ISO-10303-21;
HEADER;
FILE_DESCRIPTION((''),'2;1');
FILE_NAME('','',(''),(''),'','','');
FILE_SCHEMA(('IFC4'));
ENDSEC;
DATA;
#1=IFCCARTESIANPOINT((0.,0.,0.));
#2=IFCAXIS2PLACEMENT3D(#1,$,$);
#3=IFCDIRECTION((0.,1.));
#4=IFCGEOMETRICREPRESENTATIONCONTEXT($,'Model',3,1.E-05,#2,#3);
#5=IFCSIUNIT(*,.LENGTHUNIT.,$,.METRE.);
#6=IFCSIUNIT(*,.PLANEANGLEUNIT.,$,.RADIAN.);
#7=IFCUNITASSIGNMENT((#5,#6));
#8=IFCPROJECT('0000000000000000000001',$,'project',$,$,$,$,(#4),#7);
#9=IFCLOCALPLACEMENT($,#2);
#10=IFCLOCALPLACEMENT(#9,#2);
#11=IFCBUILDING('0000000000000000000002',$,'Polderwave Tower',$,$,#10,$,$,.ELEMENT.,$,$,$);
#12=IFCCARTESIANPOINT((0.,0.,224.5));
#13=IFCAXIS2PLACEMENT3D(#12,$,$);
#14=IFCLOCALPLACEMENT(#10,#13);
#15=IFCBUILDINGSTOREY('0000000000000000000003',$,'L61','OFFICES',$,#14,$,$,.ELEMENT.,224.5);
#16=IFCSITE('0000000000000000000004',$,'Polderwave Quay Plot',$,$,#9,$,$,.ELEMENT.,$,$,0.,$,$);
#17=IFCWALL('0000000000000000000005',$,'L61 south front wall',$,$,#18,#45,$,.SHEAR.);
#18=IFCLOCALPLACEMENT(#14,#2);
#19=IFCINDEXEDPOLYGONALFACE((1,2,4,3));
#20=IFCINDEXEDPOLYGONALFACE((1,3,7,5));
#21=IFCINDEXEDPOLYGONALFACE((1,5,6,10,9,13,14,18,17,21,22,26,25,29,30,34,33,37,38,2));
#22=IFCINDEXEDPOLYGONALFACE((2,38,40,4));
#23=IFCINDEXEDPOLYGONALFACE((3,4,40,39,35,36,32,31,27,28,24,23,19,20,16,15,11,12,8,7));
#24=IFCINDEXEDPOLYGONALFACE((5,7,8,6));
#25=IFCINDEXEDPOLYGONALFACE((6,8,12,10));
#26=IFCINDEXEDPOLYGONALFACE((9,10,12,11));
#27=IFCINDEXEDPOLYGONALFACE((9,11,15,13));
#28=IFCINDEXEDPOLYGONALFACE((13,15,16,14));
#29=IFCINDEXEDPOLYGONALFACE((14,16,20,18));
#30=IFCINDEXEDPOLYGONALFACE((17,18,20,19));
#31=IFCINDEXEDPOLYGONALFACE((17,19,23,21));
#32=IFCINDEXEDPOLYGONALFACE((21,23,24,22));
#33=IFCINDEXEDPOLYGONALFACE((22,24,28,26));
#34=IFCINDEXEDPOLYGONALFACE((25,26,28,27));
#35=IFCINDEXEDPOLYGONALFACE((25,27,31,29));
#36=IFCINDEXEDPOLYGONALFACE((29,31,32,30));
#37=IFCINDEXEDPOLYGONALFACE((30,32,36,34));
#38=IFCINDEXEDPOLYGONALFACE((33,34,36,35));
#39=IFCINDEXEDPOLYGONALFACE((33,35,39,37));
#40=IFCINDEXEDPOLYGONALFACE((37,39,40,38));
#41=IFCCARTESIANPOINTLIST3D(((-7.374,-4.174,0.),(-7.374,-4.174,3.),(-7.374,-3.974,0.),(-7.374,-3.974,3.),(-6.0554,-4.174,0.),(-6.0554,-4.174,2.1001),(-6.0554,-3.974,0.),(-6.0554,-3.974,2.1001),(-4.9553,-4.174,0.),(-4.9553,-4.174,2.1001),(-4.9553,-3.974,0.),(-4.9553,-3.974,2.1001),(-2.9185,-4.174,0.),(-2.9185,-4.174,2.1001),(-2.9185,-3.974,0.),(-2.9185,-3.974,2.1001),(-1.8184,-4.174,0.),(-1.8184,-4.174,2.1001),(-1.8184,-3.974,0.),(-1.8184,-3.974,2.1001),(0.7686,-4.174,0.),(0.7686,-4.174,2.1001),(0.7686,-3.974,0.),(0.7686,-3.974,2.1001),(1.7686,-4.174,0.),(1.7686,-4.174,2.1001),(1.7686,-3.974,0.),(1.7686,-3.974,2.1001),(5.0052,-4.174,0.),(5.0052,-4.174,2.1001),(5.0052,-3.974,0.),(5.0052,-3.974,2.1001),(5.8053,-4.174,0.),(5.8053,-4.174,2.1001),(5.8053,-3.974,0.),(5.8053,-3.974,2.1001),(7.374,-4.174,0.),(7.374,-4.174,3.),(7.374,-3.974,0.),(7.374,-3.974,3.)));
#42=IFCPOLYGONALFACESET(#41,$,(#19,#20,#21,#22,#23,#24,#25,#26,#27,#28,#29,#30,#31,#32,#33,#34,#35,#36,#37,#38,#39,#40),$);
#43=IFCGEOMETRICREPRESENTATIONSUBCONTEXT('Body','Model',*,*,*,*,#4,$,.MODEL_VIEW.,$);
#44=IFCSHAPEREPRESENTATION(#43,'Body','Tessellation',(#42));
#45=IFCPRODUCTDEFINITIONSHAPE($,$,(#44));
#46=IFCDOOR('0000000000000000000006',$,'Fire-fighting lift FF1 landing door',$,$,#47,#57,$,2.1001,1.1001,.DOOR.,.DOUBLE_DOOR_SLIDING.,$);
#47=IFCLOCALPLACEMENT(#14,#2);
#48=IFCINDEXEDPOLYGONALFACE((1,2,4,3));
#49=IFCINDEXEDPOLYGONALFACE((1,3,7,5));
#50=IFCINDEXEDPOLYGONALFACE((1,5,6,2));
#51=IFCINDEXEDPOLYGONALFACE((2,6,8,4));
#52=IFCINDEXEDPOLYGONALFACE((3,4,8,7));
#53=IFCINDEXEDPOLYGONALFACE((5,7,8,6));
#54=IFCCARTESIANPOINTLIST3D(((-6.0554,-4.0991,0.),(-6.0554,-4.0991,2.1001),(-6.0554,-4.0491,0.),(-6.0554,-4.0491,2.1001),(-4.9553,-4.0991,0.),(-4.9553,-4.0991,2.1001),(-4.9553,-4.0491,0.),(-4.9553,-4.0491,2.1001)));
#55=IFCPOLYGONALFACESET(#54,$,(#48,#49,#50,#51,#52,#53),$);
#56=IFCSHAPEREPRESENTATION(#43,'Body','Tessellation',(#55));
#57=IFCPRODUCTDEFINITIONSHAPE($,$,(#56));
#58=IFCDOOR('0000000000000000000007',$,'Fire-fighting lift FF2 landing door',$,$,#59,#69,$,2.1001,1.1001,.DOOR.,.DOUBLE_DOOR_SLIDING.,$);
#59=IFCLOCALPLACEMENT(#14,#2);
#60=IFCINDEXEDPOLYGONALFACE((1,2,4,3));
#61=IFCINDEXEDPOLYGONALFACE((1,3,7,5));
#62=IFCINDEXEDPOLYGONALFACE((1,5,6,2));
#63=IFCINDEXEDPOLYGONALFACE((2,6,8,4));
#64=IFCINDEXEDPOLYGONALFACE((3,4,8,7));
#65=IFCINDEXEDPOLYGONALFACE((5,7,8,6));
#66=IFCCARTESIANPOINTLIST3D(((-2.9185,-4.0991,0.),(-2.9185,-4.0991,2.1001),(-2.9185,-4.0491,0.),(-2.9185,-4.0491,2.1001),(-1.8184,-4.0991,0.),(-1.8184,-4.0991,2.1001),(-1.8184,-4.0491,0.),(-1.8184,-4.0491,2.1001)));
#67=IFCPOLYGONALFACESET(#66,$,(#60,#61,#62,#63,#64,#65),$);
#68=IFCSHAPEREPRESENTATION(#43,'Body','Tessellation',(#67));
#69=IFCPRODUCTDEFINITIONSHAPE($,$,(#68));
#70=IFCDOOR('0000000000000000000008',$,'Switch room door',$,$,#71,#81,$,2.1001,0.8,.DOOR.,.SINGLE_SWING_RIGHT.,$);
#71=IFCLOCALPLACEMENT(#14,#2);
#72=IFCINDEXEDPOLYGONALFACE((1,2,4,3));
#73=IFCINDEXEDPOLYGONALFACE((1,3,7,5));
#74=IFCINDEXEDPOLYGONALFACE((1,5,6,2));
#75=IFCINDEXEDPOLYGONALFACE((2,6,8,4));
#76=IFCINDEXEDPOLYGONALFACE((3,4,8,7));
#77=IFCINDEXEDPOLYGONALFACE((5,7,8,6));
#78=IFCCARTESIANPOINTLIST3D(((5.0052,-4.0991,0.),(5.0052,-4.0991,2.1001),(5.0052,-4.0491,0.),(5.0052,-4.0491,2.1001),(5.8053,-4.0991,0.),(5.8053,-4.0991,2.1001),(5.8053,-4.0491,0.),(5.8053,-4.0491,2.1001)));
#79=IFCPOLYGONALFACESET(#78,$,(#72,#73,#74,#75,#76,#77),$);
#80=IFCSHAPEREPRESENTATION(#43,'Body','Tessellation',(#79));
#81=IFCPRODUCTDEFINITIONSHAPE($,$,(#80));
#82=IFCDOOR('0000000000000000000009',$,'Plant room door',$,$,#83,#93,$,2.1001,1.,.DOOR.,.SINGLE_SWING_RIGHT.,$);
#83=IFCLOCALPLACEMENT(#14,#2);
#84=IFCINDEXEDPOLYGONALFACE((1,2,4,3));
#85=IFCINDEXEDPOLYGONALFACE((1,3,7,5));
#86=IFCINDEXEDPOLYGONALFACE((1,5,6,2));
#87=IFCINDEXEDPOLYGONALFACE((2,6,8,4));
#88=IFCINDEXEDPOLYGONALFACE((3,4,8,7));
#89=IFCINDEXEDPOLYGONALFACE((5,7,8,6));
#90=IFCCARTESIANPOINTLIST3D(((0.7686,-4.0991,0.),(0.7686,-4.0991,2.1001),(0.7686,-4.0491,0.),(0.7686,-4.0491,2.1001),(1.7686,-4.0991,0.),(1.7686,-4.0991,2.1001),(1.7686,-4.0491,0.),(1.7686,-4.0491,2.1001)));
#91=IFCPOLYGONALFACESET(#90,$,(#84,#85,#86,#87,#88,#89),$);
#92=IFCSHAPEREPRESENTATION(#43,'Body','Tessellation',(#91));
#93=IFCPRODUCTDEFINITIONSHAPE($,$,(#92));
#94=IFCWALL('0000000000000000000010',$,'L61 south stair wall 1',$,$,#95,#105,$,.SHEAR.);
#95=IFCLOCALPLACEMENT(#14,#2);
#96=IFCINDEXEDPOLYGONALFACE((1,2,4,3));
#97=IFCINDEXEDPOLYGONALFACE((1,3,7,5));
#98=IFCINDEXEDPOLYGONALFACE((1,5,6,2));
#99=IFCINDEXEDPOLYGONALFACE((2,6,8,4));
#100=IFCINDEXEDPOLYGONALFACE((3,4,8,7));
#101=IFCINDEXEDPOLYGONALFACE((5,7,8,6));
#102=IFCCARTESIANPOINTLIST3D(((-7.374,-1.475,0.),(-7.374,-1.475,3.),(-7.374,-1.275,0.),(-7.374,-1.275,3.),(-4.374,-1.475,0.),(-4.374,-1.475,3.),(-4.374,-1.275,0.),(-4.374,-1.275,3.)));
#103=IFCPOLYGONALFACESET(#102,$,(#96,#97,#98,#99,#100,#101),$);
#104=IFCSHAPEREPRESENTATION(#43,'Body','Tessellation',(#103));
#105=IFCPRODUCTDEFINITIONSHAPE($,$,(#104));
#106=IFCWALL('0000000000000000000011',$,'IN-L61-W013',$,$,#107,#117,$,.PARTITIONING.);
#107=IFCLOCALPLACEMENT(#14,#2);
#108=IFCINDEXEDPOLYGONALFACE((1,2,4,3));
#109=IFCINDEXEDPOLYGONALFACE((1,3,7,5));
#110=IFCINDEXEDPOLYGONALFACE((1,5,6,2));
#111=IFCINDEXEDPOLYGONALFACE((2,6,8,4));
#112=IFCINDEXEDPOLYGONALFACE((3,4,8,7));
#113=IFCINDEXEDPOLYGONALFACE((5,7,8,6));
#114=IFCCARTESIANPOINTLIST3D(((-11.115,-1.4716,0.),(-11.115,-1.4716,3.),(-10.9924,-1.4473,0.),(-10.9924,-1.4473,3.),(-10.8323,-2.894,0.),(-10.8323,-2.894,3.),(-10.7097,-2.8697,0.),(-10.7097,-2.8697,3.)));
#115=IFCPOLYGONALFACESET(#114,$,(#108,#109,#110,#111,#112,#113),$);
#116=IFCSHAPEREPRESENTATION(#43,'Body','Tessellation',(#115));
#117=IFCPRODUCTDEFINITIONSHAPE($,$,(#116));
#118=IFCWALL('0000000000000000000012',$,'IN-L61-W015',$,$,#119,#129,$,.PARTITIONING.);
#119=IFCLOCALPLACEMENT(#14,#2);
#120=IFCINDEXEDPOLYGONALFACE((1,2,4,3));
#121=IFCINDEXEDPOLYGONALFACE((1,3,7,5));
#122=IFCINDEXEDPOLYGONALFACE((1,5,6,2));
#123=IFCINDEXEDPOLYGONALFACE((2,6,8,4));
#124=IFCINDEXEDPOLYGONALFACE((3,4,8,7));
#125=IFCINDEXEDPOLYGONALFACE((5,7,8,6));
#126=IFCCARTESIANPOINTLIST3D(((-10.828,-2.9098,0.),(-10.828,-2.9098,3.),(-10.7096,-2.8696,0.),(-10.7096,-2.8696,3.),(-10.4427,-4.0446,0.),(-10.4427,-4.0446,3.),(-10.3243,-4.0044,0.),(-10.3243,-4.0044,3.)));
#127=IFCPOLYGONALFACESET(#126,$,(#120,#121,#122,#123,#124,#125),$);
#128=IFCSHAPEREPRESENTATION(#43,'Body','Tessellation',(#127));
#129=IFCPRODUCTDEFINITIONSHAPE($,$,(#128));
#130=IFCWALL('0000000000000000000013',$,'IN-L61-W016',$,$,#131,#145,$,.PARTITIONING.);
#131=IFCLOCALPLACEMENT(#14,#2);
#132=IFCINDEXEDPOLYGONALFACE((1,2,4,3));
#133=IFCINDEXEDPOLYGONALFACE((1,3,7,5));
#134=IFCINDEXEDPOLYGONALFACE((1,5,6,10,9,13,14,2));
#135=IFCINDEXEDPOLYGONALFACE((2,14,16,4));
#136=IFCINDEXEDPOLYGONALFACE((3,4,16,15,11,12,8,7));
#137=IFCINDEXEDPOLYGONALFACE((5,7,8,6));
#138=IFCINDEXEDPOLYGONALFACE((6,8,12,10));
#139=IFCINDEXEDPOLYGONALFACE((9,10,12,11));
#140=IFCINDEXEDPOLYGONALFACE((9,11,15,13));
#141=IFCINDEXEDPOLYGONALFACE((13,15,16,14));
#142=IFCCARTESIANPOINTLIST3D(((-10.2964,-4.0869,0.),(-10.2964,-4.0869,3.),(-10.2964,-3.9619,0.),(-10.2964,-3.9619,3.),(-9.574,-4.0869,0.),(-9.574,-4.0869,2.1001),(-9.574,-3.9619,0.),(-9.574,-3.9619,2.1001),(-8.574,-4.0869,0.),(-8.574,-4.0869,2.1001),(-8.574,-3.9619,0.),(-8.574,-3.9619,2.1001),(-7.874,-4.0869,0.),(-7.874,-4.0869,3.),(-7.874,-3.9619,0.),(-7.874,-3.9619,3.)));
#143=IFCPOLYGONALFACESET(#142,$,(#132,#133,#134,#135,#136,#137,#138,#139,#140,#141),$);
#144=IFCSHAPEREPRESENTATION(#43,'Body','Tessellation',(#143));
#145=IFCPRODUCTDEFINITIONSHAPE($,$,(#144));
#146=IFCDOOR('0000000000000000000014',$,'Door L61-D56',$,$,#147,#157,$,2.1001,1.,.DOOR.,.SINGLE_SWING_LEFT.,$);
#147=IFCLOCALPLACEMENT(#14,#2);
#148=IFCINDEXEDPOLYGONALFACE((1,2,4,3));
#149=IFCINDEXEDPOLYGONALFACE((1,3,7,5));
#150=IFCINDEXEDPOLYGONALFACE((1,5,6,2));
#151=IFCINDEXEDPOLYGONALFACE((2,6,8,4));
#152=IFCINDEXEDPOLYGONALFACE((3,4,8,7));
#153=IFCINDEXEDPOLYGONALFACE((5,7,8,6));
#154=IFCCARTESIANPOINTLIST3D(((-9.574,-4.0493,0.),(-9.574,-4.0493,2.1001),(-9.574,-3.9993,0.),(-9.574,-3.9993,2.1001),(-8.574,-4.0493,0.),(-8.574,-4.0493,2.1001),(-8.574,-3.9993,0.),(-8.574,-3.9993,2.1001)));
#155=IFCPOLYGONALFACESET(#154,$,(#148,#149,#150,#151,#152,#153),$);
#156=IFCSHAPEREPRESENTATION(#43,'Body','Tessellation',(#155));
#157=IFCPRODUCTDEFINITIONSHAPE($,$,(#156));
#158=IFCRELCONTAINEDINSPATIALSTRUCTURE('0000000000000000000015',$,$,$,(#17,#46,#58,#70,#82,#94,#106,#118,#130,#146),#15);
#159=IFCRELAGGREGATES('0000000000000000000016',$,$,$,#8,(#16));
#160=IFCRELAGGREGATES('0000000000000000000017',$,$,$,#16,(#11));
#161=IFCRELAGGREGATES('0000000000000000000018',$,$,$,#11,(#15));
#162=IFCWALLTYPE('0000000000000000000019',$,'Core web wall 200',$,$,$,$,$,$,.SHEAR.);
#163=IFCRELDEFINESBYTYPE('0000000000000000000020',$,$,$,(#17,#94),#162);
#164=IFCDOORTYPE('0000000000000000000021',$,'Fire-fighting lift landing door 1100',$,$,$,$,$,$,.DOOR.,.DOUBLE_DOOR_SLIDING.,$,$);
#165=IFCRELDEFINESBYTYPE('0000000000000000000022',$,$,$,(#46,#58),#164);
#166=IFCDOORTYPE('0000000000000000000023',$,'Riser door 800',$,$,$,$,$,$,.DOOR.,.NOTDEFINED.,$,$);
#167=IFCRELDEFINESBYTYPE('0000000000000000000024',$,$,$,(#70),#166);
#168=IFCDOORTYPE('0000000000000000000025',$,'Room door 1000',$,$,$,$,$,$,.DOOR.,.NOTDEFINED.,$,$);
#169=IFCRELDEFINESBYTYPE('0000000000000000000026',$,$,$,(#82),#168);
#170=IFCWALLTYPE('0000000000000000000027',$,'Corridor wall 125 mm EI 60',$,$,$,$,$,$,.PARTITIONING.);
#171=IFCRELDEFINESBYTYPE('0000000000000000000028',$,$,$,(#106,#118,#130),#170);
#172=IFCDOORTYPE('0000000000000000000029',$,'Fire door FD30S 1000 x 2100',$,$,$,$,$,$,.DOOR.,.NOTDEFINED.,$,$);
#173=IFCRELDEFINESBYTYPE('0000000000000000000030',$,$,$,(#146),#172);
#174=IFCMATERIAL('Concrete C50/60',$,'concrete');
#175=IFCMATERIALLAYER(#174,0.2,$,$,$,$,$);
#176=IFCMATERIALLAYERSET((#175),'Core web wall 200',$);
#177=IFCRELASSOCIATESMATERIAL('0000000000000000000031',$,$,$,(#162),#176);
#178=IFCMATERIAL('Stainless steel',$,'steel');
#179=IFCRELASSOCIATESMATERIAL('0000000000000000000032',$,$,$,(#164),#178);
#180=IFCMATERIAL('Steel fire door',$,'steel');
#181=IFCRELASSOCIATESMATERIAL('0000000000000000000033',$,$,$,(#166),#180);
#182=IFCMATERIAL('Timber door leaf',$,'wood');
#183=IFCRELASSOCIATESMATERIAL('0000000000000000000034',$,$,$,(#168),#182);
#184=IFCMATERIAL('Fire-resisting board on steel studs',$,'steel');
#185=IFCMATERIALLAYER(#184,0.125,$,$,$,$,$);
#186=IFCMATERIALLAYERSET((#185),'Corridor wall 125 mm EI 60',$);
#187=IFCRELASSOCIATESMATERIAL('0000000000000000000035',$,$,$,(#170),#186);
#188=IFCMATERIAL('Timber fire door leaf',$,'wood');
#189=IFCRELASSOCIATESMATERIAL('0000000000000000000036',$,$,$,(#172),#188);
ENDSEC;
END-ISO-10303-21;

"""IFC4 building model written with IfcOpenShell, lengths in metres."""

from ifc_helpers import new_model, si_unit, direction, frame, frame_2d, origin, place, context, subcontext, project, spatial, rectangle, extrude, material, layer, layer_set, type_object, element, fill, save


model = new_model("IFC4")

# Units and contexts
model_context = context("Model", 3, precision=1e-05, world=origin(), true_north=direction((0.0, 1.0)))
body_context = subcontext(model_context, "Body", "Model", "MODEL_VIEW")
ifc_project = project(units=[si_unit("LENGTHUNIT", "METRE"), si_unit("PLANEANGLEUNIT", "RADIAN")], contexts=[model_context])

# Site, building, storey
site_placement = place(None, origin())
site = spatial("IfcSite", under=ifc_project, at=site_placement, Name="Polderwave Quay Plot", CompositionType="ELEMENT", RefElevation=0.0)
building_placement = place(site_placement, origin())
building = spatial("IfcBuilding", under=site, at=building_placement, Name="Polderwave Tower", CompositionType="ELEMENT")
storey_placement = place(building_placement, frame((0.0, 0.0, 224.5)))
storey = spatial("IfcBuildingStorey", under=building, at=storey_placement, Name="L61", Description="OFFICES", CompositionType="ELEMENT", Elevation=224.5)

# Wall, openings, doors
ifc_material_1 = material(Name="Steel fire door", Category="steel")
ifc_material_2 = material(Name="Concrete C50/60", Category="concrete")
ifc_layer_1 = layer(ifc_material_2, 0.2)
ifc_layer_set_1 = layer_set([ifc_layer_1], Name="Core web wall 200")
wall_type_1 = type_object("IfcWallType", Name="Core web wall 200", PredefinedType="SHEAR", material=ifc_layer_set_1)
wall_1_placement = place(storey_placement, frame((-7.374, -4.074, 0.0), z_axis=(0.0, 0.0, 1.0), x_axis=(1.0, 0.0, 0.0)))
wall_1 = element("IfcWall", 1, at=wall_1_placement, inside=storey, type_object=wall_type_1, Name="L61 south front wall", PredefinedType="SHEAR", context=body_context, shape_type="SweptSolid", body=[
    extrude(rectangle(XDim=14.748, YDim=0.2, at=frame_2d((7.374, 0.0))), origin(), (0.0, 0.0, 1.0), 3.0),
])
opening_1_placement = place(wall_1_placement, frame((1.3186, 0.0, 0.0)))
opening_1 = element("IfcOpeningElement", 2, at=opening_1_placement, cuts=wall_1, PredefinedType="OPENING", context=body_context, shape_type="SweptSolid", body=[
    extrude(rectangle(XDim=1.1001, YDim=2.1001, at=frame_2d((0.55, 1.05))), frame((0.0, 0.1099, 0.0), z_axis=(0.0, -1.0, 0.0), x_axis=(1.0, 0.0, 0.0)), (0.0, 0.0, 1.0), 0.22),
])
opening_2_placement = place(wall_1_placement, frame((4.4556, 0.0, 0.0)))
opening_2 = element("IfcOpeningElement", 3, at=opening_2_placement, cuts=wall_1, PredefinedType="OPENING", context=body_context, shape_type="SweptSolid", body=[
    extrude(rectangle(XDim=1.1001, YDim=2.1001, at=frame_2d((0.55, 1.05))), frame((0.0, 0.1099, 0.0), z_axis=(0.0, -1.0, 0.0), x_axis=(1.0, 0.0, 0.0)), (0.0, 0.0, 1.0), 0.22),
])
opening_3_placement = place(wall_1_placement, frame((8.1426, 0.0, 0.0)))
opening_3 = element("IfcOpeningElement", 4, at=opening_3_placement, cuts=wall_1, PredefinedType="OPENING", context=body_context, shape_type="SweptSolid", body=[
    extrude(rectangle(XDim=1.0, YDim=2.1001, at=frame_2d((0.5, 1.05))), frame((0.0, 0.1099, 0.0), z_axis=(0.0, -1.0, 0.0), x_axis=(1.0, 0.0, 0.0)), (0.0, 0.0, 1.0), 0.22),
])
opening_4_placement = place(wall_1_placement, frame((12.3794, 0.0, 0.0)))
opening_4 = element("IfcOpeningElement", 5, at=opening_4_placement, cuts=wall_1, PredefinedType="OPENING", context=body_context, shape_type="SweptSolid", body=[
    extrude(rectangle(XDim=0.8, YDim=2.1001, at=frame_2d((0.3999, 1.05))), frame((0.0, 0.1099, 0.0), z_axis=(0.0, -1.0, 0.0), x_axis=(1.0, 0.0, 0.0)), (0.0, 0.0, 1.0), 0.22),
])
ifc_material_3 = material(Name="Stainless steel", Category="steel")
door_type_1 = type_object("IfcDoorType", Name="Fire-fighting lift landing door 1100", OperationType="DOUBLE_DOOR_SLIDING", PredefinedType="DOOR", material=ifc_material_3)
door_1_placement = place(opening_1_placement, origin())
door_1 = element("IfcDoor", 6, at=door_1_placement, inside=storey, type_object=door_type_1, Name="Fire-fighting lift FF1 landing door", OperationType="DOUBLE_DOOR_SLIDING", OverallHeight=2.1001, OverallWidth=1.1001, PredefinedType="DOOR", context=body_context, shape_type="SweptSolid", body=[
    extrude(rectangle(XDim=1.1001, YDim=2.1001, at=frame_2d((0.55, 1.05))), frame((0.0, 0.0249, 0.0), z_axis=(0.0, -1.0, 0.0), x_axis=(1.0, 0.0, 0.0)), (0.0, 0.0, 1.0), 0.05),
])
fill(opening_1, door_1)
door_2_placement = place(opening_2_placement, origin())
door_2 = element("IfcDoor", 7, at=door_2_placement, inside=storey, type_object=door_type_1, Name="Fire-fighting lift FF2 landing door", OperationType="DOUBLE_DOOR_SLIDING", OverallHeight=2.1001, OverallWidth=1.1001, PredefinedType="DOOR", context=body_context, shape_type="SweptSolid", body=[
    extrude(rectangle(XDim=1.1001, YDim=2.1001, at=frame_2d((0.55, 1.05))), frame((0.0, 0.0249, 0.0), z_axis=(0.0, -1.0, 0.0), x_axis=(1.0, 0.0, 0.0)), (0.0, 0.0, 1.0), 0.05),
])
fill(opening_2, door_2)
door_type_2 = type_object("IfcDoorType", Name="Riser door 800", OperationType="NOTDEFINED", PredefinedType="DOOR", material=ifc_material_1)
door_3_placement = place(opening_4_placement, origin())
door_3 = element("IfcDoor", 8, at=door_3_placement, inside=storey, type_object=door_type_2, Name="Switch room door", OperationType="SINGLE_SWING_RIGHT", OverallHeight=2.1001, OverallWidth=0.8, PredefinedType="DOOR", context=body_context, shape_type="SweptSolid", body=[
    extrude(rectangle(XDim=0.8, YDim=2.1001, at=frame_2d((0.3999, 1.05))), frame((0.0, 0.0249, 0.0), z_axis=(0.0, -1.0, 0.0), x_axis=(1.0, 0.0, 0.0)), (0.0, 0.0, 1.0), 0.05),
])
fill(opening_4, door_3)
ifc_material_4 = material(Name="Timber door leaf", Category="wood")
door_type_3 = type_object("IfcDoorType", Name="Room door 1000", OperationType="NOTDEFINED", PredefinedType="DOOR", material=ifc_material_4)
door_4_placement = place(opening_3_placement, origin())
door_4 = element("IfcDoor", 9, at=door_4_placement, inside=storey, type_object=door_type_3, Name="Plant room door", OperationType="SINGLE_SWING_RIGHT", OverallHeight=2.1001, OverallWidth=1.0, PredefinedType="DOOR", context=body_context, shape_type="SweptSolid", body=[
    extrude(rectangle(XDim=1.0, YDim=2.1001, at=frame_2d((0.5, 1.05))), frame((0.0, 0.0249, 0.0), z_axis=(0.0, -1.0, 0.0), x_axis=(1.0, 0.0, 0.0)), (0.0, 0.0, 1.0), 0.05),
])
fill(opening_3, door_4)

# Walls
wall_2_placement = place(storey_placement, frame((-7.374, -1.375, 0.0), z_axis=(0.0, 0.0, 1.0), x_axis=(1.0, 0.0, 0.0)))
element("IfcWall", 10, at=wall_2_placement, inside=storey, type_object=wall_type_1, Name="L61 south stair wall 1", PredefinedType="SHEAR", context=body_context, shape_type="SweptSolid", body=[
    extrude(rectangle(XDim=3.0, YDim=0.2, at=frame_2d((1.5, 0.0))), origin(), (0.0, 0.0, 1.0), 3.0),
])
ifc_material_5 = material(Name="Fire-resisting board on steel studs", Category="steel")
ifc_layer_2 = layer(ifc_material_5, 0.125)
ifc_layer_set_2 = layer_set([ifc_layer_2], Name="Corridor wall 125 mm EI 60")
wall_type_2 = type_object("IfcWallType", Name="Corridor wall 125 mm EI 60", PredefinedType="PARTITIONING", material=ifc_layer_set_2)
wall_3_placement = place(storey_placement, frame((-10.771, -2.8818, 0.0), z_axis=(0.0, 0.0, 1.0), x_axis=(-0.19495, 0.980813, 0.0)))
element("IfcWall", 11, at=wall_3_placement, inside=storey, type_object=wall_type_2, Name="IN-L61-W013", PredefinedType="PARTITIONING", context=body_context, shape_type="SweptSolid", body=[
    extrude(rectangle(XDim=1.4502, YDim=0.125, at=frame_2d((0.7251, 0.0))), origin(), (0.0, 0.0, 1.0), 3.0),
])
wall_4_placement = place(storey_placement, frame((-10.3835, -4.0244, 0.0), z_axis=(0.0, 0.0, 1.0), x_axis=(-0.321479, 0.946917, 0.0)))
element("IfcWall", 12, at=wall_4_placement, inside=storey, type_object=wall_type_2, Name="IN-L61-W015", PredefinedType="PARTITIONING", context=body_context, shape_type="SweptSolid", body=[
    extrude(rectangle(XDim=1.1985, YDim=0.125, at=frame_2d((0.5991, 0.0))), origin(), (0.0, 0.0, 1.0), 3.0),
])

# Wall, opening, door
wall_5_placement = place(storey_placement, frame((-7.874, -4.0244, 0.0), z_axis=(0.0, 0.0, 1.0), x_axis=(-1.0, 0.0, 0.0)))
wall_5 = element("IfcWall", 13, at=wall_5_placement, inside=storey, type_object=wall_type_2, Name="IN-L61-W016", PredefinedType="PARTITIONING", context=body_context, shape_type="SweptSolid", body=[
    extrude(rectangle(XDim=2.4224, YDim=0.125, at=frame_2d((1.2112, 0.0))), origin(), (0.0, 0.0, 1.0), 3.0),
])
opening_5_placement = place(wall_5_placement, frame((0.7, 0.0, 0.0)))
opening_5 = element("IfcOpeningElement", 14, at=opening_5_placement, cuts=wall_5, PredefinedType="OPENING", context=body_context, shape_type="SweptSolid", body=[
    extrude(rectangle(XDim=1.0, YDim=2.1001, at=frame_2d((0.5, 1.05))), frame((0.0, 0.0725, 0.0), z_axis=(0.0, -1.0, 0.0), x_axis=(1.0, 0.0, 0.0)), (0.0, 0.0, 1.0), 0.145),
])
ifc_material_6 = material(Name="Timber fire door leaf", Category="wood")
door_type_4 = type_object("IfcDoorType", Name="Fire door FD30S 1000 x 2100", OperationType="NOTDEFINED", PredefinedType="DOOR", material=ifc_material_6)
door_5_placement = place(opening_5_placement, origin())
door_5 = element("IfcDoor", 15, at=door_5_placement, inside=storey, type_object=door_type_4, Name="Door L61-D56", OperationType="SINGLE_SWING_LEFT", OverallHeight=2.1001, OverallWidth=1.0, PredefinedType="DOOR", context=body_context, shape_type="SweptSolid", body=[
    extrude(rectangle(XDim=1.0, YDim=2.1001, at=frame_2d((0.5, 1.05))), frame((0.0, 0.0249, 0.0), z_axis=(0.0, -1.0, 0.0), x_axis=(1.0, 0.0, 0.0)), (0.0, 0.0, 1.0), 0.05),
])
fill(opening_5, door_5)

save(model, "model.ifc")
